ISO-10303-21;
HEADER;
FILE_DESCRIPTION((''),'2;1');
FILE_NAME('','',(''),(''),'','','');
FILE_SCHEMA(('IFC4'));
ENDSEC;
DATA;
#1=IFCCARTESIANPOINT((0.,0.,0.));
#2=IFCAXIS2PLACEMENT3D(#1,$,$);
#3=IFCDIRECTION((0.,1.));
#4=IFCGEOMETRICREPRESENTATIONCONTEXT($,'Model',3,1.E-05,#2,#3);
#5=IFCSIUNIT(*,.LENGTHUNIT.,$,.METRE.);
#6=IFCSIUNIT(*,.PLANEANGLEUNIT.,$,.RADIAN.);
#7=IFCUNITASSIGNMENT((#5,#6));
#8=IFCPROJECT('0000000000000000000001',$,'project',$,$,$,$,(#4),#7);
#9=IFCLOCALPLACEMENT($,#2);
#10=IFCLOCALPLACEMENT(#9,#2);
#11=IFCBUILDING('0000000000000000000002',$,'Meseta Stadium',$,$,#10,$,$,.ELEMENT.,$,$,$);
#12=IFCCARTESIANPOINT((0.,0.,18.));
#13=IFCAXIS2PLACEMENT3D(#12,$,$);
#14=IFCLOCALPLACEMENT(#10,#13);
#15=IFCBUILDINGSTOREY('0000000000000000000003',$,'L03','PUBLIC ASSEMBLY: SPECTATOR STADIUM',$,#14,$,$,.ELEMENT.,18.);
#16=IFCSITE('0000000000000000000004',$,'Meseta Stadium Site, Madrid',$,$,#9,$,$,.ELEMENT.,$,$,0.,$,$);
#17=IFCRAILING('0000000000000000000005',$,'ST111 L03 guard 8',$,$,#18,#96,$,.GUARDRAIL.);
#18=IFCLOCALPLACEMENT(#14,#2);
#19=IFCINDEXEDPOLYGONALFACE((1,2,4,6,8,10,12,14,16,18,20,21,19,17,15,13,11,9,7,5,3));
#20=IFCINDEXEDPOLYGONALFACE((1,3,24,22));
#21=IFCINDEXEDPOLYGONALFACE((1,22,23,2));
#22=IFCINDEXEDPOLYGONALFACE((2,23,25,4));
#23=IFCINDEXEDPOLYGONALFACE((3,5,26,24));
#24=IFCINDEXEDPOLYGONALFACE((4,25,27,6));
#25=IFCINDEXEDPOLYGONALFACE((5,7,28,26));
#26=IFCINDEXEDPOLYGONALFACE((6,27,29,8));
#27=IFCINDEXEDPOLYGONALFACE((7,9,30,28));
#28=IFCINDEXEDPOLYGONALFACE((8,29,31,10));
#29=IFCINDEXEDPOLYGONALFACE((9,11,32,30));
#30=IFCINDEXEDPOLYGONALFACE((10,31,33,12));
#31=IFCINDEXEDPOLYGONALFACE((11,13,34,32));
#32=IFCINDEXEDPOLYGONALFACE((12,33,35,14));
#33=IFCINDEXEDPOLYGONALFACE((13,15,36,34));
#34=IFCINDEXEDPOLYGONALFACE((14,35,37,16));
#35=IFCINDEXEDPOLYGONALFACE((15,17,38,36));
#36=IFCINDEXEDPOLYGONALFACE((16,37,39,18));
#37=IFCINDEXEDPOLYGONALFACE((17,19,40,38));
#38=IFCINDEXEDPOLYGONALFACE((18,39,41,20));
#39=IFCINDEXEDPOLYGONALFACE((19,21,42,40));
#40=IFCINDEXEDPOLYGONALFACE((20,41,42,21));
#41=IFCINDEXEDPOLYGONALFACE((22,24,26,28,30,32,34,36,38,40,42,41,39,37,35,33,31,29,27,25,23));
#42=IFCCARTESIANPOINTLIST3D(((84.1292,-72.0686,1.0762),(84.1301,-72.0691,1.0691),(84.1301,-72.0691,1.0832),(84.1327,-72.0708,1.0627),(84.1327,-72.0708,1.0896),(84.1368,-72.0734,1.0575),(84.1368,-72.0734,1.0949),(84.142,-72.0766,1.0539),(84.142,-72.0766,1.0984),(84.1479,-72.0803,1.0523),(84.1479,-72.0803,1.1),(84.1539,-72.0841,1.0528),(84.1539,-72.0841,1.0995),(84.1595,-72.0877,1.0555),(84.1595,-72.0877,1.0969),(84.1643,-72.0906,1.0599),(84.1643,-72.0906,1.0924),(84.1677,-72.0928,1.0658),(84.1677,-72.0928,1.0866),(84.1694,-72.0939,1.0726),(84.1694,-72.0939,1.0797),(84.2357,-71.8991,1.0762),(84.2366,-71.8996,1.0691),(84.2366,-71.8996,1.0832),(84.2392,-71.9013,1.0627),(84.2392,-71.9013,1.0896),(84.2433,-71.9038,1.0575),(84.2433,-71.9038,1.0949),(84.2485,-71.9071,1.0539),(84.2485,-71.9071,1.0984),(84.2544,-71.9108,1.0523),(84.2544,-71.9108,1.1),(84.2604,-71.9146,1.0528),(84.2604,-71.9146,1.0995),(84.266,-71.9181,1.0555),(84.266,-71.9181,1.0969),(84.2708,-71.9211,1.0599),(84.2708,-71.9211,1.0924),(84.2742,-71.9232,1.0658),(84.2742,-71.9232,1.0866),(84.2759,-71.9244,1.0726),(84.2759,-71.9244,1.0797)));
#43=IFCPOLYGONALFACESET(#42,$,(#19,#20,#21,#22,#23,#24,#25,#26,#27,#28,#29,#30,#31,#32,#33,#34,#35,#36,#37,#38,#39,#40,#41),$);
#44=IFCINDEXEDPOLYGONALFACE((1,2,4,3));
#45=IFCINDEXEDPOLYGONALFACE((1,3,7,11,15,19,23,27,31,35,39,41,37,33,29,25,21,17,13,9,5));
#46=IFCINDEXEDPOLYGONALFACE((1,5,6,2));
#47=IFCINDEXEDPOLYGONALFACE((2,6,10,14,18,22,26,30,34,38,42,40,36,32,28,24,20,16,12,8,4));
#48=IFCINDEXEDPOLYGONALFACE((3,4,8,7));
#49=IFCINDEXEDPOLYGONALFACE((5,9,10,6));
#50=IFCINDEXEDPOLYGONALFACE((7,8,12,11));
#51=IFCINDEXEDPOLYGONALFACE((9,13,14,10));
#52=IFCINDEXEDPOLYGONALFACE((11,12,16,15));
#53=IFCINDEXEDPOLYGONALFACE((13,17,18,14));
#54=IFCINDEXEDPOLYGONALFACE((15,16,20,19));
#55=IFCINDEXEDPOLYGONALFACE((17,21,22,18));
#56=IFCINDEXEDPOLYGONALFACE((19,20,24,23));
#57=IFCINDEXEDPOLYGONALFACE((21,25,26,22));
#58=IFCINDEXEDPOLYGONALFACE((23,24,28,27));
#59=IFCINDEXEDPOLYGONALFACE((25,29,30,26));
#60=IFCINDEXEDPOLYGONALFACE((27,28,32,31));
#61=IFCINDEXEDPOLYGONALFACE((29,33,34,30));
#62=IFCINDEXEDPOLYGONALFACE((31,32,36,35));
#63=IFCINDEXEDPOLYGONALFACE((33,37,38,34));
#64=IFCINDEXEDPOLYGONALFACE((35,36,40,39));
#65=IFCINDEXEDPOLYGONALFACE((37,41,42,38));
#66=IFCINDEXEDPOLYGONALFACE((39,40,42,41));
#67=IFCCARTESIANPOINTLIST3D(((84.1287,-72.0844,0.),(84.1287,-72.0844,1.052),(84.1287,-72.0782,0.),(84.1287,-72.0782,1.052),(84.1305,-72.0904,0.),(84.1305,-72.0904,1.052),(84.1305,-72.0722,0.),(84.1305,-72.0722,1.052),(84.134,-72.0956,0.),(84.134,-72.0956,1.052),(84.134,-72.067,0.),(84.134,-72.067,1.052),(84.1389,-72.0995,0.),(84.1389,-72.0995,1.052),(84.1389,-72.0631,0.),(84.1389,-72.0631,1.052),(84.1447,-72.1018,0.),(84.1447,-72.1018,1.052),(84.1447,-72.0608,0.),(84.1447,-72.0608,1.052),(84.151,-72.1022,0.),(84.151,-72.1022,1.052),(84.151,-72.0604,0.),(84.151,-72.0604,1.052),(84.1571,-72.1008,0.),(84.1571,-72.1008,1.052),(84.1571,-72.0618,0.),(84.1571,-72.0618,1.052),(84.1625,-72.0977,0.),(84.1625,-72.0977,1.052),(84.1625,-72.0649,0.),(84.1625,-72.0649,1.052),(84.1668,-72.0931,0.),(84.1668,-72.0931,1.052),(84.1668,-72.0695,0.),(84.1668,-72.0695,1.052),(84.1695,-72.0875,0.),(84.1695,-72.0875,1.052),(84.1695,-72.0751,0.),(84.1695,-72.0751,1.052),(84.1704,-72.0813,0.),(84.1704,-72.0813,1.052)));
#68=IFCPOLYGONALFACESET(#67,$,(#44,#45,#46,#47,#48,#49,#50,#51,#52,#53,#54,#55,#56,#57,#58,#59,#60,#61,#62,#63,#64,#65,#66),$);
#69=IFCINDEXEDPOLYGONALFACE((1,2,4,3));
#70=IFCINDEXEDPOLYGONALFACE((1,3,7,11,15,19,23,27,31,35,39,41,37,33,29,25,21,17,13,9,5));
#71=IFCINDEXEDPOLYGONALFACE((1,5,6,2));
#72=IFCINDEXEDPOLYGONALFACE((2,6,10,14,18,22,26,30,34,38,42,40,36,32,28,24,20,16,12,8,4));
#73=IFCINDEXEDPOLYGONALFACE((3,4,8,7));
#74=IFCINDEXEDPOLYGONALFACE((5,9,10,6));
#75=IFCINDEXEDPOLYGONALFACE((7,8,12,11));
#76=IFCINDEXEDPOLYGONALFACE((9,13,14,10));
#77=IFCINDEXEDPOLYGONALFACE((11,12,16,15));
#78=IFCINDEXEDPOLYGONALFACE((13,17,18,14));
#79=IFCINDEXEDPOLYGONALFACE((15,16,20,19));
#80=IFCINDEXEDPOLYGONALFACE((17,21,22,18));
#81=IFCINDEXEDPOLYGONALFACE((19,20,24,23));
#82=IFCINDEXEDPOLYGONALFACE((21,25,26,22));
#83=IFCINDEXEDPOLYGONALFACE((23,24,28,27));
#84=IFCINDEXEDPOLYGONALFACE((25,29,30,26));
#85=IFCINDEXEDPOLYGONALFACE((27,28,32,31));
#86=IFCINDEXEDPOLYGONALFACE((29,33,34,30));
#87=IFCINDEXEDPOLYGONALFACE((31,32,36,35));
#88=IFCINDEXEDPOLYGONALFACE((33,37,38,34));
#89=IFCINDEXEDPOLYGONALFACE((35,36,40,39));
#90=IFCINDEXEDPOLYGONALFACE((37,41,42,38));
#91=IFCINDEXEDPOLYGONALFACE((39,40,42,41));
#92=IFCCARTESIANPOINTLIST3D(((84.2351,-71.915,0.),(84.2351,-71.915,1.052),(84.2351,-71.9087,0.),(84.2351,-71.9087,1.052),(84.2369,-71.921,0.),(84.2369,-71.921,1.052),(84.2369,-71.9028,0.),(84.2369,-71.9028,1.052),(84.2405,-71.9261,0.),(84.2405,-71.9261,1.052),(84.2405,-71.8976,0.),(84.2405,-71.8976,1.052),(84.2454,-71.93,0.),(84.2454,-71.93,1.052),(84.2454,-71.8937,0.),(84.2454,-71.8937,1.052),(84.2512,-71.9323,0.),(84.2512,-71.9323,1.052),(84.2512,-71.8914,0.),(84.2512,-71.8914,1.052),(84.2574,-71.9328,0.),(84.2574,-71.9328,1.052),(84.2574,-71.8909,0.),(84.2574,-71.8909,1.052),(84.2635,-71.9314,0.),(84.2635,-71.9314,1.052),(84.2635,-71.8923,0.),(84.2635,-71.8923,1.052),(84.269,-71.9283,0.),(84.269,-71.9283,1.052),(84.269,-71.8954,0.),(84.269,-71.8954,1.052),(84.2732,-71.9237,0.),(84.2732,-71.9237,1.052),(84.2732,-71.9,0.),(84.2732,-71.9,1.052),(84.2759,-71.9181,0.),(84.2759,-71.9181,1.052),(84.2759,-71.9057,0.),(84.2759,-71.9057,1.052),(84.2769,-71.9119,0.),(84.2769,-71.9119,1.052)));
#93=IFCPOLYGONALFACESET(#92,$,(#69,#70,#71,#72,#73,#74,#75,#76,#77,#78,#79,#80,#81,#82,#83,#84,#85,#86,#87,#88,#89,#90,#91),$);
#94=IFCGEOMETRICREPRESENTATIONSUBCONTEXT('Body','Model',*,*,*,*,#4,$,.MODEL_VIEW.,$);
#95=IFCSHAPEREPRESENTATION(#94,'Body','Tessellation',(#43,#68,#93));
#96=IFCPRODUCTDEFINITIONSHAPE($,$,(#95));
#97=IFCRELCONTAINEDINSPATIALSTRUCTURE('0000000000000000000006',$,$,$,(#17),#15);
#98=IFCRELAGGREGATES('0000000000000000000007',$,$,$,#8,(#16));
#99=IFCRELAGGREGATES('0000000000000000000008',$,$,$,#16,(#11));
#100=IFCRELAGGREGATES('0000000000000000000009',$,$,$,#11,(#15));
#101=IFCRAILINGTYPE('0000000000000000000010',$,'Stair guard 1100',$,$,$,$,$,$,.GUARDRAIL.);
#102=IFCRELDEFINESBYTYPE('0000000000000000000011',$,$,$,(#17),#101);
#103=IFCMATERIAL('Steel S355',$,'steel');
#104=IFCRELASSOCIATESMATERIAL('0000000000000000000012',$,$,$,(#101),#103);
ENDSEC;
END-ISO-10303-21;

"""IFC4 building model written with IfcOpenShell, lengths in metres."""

from ifc_helpers import new_model, si_unit, direction, frame, origin, origin_2d, place, context, subcontext, project, spatial, circle, extrude, material, type_object, element, save


model = new_model("IFC4")

# Units and contexts
model_context = context("Model", 3, precision=1e-05, world=origin(), true_north=direction((0.0, 1.0)))
body_context = subcontext(model_context, "Body", "Model", "MODEL_VIEW")
ifc_project = project(units=[si_unit("LENGTHUNIT", "METRE"), si_unit("PLANEANGLEUNIT", "RADIAN")], contexts=[model_context])

# Site, building, storey
site_placement = place(None, origin())
site = spatial("IfcSite", under=ifc_project, at=site_placement, Name="Meseta Stadium Site, Madrid", CompositionType="ELEMENT", RefElevation=0.0)
building_placement = place(site_placement, origin())
building = spatial("IfcBuilding", under=site, at=building_placement, Name="Meseta Stadium", CompositionType="ELEMENT")
storey_placement = place(building_placement, frame((0.0, 0.0, 18.0)))
storey = spatial("IfcBuildingStorey", under=building, at=storey_placement, Name="L03", Description="PUBLIC ASSEMBLY: SPECTATOR STADIUM", CompositionType="ELEMENT", Elevation=18.0)

# Railing
ifc_material_1 = material(Name="Steel S355", Category="steel")
railing_type_1 = type_object("IfcRailingType", Name="Stair guard 1100", PredefinedType="GUARDRAIL", material=ifc_material_1)
for number, where, name in (
    (1, (84.1494, -72.0813, 0.0), "ST111 L03 guard 8"),
):
    element("IfcRailing", number, at=place(storey_placement, frame(where)), inside=storey, type_object=railing_type_1, Name=name, PredefinedType="GUARDRAIL", context=body_context, shape_type="SweptSolid", body=[
        extrude(circle(Radius=0.0239, at=origin_2d()), frame((0.0, 0.0, 1.0762), z_axis=(0.531972, 0.846762, 0.0), x_axis=(-0.846762, 0.531972, 0.0)), (0.0, 0.0, 1.0), 0.2002),
        extrude(circle(Radius=0.021, at=origin_2d()), origin(), (0.0, 0.0, 1.0), 1.052),
        extrude(circle(Radius=0.021, at=origin_2d()), frame((0.1064, 0.1694, 0.0)), (0.0, 0.0, 1.0), 1.052),
    ])

save(model, "model.ifc")
